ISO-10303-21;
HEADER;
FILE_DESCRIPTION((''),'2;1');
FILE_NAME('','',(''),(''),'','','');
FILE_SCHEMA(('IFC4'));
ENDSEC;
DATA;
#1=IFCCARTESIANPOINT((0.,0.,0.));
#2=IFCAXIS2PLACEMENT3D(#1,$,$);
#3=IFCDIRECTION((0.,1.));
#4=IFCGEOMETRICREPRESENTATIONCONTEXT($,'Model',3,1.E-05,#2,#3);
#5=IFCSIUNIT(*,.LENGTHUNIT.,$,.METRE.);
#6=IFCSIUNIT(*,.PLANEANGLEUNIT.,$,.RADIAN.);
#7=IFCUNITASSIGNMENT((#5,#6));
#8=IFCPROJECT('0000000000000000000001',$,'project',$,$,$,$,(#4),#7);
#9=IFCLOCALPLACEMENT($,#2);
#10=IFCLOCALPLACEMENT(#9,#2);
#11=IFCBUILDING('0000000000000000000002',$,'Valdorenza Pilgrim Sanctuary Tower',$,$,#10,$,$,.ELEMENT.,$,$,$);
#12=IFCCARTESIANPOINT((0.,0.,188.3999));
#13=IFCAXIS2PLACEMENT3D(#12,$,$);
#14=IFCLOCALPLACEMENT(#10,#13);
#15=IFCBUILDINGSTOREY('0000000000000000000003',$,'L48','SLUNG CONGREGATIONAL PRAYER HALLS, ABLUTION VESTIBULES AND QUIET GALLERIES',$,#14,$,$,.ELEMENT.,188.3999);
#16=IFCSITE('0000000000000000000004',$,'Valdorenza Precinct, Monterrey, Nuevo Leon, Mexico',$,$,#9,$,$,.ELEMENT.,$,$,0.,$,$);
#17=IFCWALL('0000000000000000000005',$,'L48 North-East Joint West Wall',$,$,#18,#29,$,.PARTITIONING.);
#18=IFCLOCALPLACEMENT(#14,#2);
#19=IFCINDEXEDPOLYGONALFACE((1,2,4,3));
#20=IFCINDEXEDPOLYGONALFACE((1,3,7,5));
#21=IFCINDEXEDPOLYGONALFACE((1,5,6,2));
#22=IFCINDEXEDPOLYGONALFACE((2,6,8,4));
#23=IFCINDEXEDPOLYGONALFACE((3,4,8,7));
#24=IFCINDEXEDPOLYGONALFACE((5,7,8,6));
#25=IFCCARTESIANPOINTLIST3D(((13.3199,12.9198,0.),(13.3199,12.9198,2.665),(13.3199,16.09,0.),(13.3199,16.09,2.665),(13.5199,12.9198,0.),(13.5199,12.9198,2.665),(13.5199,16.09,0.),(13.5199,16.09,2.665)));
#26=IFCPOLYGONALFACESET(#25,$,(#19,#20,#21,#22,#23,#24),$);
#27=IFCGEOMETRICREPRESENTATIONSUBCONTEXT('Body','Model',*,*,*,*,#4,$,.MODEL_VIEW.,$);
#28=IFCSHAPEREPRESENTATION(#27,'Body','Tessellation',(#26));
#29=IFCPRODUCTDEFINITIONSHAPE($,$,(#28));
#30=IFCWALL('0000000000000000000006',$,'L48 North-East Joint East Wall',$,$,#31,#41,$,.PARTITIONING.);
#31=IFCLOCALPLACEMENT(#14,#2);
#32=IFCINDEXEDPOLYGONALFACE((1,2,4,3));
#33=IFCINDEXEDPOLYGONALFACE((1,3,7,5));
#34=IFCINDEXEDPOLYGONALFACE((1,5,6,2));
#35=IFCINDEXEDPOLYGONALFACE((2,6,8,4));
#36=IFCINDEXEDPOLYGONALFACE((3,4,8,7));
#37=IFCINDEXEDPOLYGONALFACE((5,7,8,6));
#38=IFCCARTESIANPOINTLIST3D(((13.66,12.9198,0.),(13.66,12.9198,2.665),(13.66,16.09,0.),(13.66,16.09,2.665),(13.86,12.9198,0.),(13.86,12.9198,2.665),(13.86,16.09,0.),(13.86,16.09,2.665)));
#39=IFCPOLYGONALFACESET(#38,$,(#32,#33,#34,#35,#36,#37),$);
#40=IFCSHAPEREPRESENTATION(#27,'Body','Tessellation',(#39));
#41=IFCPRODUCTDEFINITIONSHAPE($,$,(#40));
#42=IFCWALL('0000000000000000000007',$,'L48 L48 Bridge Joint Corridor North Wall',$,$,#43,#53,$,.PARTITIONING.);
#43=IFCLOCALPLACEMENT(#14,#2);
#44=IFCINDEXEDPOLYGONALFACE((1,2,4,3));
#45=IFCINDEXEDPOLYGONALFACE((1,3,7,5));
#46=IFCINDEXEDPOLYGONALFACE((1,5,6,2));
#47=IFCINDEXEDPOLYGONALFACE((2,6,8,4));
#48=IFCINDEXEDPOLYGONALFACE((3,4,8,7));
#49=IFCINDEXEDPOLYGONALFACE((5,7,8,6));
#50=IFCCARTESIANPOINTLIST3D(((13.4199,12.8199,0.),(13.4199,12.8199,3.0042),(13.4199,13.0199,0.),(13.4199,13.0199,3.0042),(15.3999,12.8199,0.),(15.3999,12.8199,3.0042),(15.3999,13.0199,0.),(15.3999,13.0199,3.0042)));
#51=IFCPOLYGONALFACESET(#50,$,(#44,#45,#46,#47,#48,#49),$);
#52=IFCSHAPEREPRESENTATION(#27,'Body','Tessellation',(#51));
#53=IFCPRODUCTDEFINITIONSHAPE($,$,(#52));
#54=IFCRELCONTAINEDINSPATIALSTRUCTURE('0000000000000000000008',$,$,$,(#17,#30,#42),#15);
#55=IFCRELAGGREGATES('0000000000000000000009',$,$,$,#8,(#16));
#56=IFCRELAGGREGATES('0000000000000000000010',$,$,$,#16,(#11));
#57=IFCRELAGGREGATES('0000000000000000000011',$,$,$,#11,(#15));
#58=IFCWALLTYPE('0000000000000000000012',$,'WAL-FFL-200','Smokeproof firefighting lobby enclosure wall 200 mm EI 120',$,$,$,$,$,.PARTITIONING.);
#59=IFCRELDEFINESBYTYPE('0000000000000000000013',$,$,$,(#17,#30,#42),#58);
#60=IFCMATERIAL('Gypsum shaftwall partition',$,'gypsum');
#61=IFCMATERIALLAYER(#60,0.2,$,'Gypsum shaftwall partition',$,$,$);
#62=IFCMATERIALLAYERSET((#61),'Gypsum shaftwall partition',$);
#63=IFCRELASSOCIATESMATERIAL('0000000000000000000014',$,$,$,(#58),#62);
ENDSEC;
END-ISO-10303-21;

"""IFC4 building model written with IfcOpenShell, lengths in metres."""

from ifc_helpers import new_model, si_unit, direction, frame, frame_2d, origin, place, context, subcontext, project, spatial, rectangle, extrude, material, layer, layer_set, type_object, element, save


model = new_model("IFC4")

# Units and contexts
model_context = context("Model", 3, precision=1e-05, world=origin(), true_north=direction((0.0, 1.0)))
body_context = subcontext(model_context, "Body", "Model", "MODEL_VIEW")
ifc_project = project(units=[si_unit("LENGTHUNIT", "METRE"), si_unit("PLANEANGLEUNIT", "RADIAN")], contexts=[model_context])

# Site, building, storey
site_placement = place(None, origin())
site = spatial("IfcSite", under=ifc_project, at=site_placement, Name="Valdorenza Precinct, Monterrey, Nuevo Leon, Mexico", CompositionType="ELEMENT", RefElevation=0.0)
building_placement = place(site_placement, origin())
building = spatial("IfcBuilding", under=site, at=building_placement, Name="Valdorenza Pilgrim Sanctuary Tower", CompositionType="ELEMENT")
storey_placement = place(building_placement, frame((0.0, 0.0, 188.3999)))
storey = spatial("IfcBuildingStorey", under=building, at=storey_placement, Name="L48", Description="SLUNG CONGREGATIONAL PRAYER HALLS, ABLUTION VESTIBULES AND QUIET GALLERIES", CompositionType="ELEMENT", Elevation=188.3999)

# Walls
ifc_material_1 = material(Name="Gypsum shaftwall partition", Category="gypsum")
ifc_layer_1 = layer(ifc_material_1, 0.2, Name="Gypsum shaftwall partition")
ifc_layer_set_1 = layer_set([ifc_layer_1], Name="Gypsum shaftwall partition")
wall_type_1 = type_object("IfcWallType", Name="WAL-FFL-200", Description="Smokeproof firefighting lobby enclosure wall 200 mm EI 120", PredefinedType="PARTITIONING", material=ifc_layer_set_1)
for number, where, z_axis, x_axis, name in (
    (1, (13.4199, 12.9199, 0.0), (0.0, 0.0, 1.0), (0.0, 1.0, 0.0), "L48 North-East Joint West Wall"),
    (2, (13.76, 12.9199, 0.0), (0.0, 0.0, 1.0), (0.0, 1.0, 0.0), "L48 North-East Joint East Wall"),
):
    element("IfcWall", number, at=place(storey_placement, frame(where, z_axis=z_axis, x_axis=x_axis)), inside=storey, type_object=wall_type_1, Name=name, PredefinedType="PARTITIONING", context=body_context, shape_type="SweptSolid", body=[
        extrude(rectangle(XDim=3.1702, YDim=0.2, at=frame_2d((1.585, 0.0))), origin(), (0.0, 0.0, 1.0), 2.665),
    ])
wall_1_placement = place(storey_placement, frame((13.4199, 12.9199, 0.0), z_axis=(0.0, 0.0, 1.0), x_axis=(1.0, 0.0, 0.0)))
element("IfcWall", 3, at=wall_1_placement, inside=storey, type_object=wall_type_1, Name="L48 L48 Bridge Joint Corridor North Wall", PredefinedType="PARTITIONING", context=body_context, shape_type="SweptSolid", body=[
    extrude(rectangle(XDim=1.98, YDim=0.2, at=frame_2d((0.99, 0.0))), origin(), (0.0, 0.0, 1.0), 3.0042),
])

save(model, "model.ifc")
